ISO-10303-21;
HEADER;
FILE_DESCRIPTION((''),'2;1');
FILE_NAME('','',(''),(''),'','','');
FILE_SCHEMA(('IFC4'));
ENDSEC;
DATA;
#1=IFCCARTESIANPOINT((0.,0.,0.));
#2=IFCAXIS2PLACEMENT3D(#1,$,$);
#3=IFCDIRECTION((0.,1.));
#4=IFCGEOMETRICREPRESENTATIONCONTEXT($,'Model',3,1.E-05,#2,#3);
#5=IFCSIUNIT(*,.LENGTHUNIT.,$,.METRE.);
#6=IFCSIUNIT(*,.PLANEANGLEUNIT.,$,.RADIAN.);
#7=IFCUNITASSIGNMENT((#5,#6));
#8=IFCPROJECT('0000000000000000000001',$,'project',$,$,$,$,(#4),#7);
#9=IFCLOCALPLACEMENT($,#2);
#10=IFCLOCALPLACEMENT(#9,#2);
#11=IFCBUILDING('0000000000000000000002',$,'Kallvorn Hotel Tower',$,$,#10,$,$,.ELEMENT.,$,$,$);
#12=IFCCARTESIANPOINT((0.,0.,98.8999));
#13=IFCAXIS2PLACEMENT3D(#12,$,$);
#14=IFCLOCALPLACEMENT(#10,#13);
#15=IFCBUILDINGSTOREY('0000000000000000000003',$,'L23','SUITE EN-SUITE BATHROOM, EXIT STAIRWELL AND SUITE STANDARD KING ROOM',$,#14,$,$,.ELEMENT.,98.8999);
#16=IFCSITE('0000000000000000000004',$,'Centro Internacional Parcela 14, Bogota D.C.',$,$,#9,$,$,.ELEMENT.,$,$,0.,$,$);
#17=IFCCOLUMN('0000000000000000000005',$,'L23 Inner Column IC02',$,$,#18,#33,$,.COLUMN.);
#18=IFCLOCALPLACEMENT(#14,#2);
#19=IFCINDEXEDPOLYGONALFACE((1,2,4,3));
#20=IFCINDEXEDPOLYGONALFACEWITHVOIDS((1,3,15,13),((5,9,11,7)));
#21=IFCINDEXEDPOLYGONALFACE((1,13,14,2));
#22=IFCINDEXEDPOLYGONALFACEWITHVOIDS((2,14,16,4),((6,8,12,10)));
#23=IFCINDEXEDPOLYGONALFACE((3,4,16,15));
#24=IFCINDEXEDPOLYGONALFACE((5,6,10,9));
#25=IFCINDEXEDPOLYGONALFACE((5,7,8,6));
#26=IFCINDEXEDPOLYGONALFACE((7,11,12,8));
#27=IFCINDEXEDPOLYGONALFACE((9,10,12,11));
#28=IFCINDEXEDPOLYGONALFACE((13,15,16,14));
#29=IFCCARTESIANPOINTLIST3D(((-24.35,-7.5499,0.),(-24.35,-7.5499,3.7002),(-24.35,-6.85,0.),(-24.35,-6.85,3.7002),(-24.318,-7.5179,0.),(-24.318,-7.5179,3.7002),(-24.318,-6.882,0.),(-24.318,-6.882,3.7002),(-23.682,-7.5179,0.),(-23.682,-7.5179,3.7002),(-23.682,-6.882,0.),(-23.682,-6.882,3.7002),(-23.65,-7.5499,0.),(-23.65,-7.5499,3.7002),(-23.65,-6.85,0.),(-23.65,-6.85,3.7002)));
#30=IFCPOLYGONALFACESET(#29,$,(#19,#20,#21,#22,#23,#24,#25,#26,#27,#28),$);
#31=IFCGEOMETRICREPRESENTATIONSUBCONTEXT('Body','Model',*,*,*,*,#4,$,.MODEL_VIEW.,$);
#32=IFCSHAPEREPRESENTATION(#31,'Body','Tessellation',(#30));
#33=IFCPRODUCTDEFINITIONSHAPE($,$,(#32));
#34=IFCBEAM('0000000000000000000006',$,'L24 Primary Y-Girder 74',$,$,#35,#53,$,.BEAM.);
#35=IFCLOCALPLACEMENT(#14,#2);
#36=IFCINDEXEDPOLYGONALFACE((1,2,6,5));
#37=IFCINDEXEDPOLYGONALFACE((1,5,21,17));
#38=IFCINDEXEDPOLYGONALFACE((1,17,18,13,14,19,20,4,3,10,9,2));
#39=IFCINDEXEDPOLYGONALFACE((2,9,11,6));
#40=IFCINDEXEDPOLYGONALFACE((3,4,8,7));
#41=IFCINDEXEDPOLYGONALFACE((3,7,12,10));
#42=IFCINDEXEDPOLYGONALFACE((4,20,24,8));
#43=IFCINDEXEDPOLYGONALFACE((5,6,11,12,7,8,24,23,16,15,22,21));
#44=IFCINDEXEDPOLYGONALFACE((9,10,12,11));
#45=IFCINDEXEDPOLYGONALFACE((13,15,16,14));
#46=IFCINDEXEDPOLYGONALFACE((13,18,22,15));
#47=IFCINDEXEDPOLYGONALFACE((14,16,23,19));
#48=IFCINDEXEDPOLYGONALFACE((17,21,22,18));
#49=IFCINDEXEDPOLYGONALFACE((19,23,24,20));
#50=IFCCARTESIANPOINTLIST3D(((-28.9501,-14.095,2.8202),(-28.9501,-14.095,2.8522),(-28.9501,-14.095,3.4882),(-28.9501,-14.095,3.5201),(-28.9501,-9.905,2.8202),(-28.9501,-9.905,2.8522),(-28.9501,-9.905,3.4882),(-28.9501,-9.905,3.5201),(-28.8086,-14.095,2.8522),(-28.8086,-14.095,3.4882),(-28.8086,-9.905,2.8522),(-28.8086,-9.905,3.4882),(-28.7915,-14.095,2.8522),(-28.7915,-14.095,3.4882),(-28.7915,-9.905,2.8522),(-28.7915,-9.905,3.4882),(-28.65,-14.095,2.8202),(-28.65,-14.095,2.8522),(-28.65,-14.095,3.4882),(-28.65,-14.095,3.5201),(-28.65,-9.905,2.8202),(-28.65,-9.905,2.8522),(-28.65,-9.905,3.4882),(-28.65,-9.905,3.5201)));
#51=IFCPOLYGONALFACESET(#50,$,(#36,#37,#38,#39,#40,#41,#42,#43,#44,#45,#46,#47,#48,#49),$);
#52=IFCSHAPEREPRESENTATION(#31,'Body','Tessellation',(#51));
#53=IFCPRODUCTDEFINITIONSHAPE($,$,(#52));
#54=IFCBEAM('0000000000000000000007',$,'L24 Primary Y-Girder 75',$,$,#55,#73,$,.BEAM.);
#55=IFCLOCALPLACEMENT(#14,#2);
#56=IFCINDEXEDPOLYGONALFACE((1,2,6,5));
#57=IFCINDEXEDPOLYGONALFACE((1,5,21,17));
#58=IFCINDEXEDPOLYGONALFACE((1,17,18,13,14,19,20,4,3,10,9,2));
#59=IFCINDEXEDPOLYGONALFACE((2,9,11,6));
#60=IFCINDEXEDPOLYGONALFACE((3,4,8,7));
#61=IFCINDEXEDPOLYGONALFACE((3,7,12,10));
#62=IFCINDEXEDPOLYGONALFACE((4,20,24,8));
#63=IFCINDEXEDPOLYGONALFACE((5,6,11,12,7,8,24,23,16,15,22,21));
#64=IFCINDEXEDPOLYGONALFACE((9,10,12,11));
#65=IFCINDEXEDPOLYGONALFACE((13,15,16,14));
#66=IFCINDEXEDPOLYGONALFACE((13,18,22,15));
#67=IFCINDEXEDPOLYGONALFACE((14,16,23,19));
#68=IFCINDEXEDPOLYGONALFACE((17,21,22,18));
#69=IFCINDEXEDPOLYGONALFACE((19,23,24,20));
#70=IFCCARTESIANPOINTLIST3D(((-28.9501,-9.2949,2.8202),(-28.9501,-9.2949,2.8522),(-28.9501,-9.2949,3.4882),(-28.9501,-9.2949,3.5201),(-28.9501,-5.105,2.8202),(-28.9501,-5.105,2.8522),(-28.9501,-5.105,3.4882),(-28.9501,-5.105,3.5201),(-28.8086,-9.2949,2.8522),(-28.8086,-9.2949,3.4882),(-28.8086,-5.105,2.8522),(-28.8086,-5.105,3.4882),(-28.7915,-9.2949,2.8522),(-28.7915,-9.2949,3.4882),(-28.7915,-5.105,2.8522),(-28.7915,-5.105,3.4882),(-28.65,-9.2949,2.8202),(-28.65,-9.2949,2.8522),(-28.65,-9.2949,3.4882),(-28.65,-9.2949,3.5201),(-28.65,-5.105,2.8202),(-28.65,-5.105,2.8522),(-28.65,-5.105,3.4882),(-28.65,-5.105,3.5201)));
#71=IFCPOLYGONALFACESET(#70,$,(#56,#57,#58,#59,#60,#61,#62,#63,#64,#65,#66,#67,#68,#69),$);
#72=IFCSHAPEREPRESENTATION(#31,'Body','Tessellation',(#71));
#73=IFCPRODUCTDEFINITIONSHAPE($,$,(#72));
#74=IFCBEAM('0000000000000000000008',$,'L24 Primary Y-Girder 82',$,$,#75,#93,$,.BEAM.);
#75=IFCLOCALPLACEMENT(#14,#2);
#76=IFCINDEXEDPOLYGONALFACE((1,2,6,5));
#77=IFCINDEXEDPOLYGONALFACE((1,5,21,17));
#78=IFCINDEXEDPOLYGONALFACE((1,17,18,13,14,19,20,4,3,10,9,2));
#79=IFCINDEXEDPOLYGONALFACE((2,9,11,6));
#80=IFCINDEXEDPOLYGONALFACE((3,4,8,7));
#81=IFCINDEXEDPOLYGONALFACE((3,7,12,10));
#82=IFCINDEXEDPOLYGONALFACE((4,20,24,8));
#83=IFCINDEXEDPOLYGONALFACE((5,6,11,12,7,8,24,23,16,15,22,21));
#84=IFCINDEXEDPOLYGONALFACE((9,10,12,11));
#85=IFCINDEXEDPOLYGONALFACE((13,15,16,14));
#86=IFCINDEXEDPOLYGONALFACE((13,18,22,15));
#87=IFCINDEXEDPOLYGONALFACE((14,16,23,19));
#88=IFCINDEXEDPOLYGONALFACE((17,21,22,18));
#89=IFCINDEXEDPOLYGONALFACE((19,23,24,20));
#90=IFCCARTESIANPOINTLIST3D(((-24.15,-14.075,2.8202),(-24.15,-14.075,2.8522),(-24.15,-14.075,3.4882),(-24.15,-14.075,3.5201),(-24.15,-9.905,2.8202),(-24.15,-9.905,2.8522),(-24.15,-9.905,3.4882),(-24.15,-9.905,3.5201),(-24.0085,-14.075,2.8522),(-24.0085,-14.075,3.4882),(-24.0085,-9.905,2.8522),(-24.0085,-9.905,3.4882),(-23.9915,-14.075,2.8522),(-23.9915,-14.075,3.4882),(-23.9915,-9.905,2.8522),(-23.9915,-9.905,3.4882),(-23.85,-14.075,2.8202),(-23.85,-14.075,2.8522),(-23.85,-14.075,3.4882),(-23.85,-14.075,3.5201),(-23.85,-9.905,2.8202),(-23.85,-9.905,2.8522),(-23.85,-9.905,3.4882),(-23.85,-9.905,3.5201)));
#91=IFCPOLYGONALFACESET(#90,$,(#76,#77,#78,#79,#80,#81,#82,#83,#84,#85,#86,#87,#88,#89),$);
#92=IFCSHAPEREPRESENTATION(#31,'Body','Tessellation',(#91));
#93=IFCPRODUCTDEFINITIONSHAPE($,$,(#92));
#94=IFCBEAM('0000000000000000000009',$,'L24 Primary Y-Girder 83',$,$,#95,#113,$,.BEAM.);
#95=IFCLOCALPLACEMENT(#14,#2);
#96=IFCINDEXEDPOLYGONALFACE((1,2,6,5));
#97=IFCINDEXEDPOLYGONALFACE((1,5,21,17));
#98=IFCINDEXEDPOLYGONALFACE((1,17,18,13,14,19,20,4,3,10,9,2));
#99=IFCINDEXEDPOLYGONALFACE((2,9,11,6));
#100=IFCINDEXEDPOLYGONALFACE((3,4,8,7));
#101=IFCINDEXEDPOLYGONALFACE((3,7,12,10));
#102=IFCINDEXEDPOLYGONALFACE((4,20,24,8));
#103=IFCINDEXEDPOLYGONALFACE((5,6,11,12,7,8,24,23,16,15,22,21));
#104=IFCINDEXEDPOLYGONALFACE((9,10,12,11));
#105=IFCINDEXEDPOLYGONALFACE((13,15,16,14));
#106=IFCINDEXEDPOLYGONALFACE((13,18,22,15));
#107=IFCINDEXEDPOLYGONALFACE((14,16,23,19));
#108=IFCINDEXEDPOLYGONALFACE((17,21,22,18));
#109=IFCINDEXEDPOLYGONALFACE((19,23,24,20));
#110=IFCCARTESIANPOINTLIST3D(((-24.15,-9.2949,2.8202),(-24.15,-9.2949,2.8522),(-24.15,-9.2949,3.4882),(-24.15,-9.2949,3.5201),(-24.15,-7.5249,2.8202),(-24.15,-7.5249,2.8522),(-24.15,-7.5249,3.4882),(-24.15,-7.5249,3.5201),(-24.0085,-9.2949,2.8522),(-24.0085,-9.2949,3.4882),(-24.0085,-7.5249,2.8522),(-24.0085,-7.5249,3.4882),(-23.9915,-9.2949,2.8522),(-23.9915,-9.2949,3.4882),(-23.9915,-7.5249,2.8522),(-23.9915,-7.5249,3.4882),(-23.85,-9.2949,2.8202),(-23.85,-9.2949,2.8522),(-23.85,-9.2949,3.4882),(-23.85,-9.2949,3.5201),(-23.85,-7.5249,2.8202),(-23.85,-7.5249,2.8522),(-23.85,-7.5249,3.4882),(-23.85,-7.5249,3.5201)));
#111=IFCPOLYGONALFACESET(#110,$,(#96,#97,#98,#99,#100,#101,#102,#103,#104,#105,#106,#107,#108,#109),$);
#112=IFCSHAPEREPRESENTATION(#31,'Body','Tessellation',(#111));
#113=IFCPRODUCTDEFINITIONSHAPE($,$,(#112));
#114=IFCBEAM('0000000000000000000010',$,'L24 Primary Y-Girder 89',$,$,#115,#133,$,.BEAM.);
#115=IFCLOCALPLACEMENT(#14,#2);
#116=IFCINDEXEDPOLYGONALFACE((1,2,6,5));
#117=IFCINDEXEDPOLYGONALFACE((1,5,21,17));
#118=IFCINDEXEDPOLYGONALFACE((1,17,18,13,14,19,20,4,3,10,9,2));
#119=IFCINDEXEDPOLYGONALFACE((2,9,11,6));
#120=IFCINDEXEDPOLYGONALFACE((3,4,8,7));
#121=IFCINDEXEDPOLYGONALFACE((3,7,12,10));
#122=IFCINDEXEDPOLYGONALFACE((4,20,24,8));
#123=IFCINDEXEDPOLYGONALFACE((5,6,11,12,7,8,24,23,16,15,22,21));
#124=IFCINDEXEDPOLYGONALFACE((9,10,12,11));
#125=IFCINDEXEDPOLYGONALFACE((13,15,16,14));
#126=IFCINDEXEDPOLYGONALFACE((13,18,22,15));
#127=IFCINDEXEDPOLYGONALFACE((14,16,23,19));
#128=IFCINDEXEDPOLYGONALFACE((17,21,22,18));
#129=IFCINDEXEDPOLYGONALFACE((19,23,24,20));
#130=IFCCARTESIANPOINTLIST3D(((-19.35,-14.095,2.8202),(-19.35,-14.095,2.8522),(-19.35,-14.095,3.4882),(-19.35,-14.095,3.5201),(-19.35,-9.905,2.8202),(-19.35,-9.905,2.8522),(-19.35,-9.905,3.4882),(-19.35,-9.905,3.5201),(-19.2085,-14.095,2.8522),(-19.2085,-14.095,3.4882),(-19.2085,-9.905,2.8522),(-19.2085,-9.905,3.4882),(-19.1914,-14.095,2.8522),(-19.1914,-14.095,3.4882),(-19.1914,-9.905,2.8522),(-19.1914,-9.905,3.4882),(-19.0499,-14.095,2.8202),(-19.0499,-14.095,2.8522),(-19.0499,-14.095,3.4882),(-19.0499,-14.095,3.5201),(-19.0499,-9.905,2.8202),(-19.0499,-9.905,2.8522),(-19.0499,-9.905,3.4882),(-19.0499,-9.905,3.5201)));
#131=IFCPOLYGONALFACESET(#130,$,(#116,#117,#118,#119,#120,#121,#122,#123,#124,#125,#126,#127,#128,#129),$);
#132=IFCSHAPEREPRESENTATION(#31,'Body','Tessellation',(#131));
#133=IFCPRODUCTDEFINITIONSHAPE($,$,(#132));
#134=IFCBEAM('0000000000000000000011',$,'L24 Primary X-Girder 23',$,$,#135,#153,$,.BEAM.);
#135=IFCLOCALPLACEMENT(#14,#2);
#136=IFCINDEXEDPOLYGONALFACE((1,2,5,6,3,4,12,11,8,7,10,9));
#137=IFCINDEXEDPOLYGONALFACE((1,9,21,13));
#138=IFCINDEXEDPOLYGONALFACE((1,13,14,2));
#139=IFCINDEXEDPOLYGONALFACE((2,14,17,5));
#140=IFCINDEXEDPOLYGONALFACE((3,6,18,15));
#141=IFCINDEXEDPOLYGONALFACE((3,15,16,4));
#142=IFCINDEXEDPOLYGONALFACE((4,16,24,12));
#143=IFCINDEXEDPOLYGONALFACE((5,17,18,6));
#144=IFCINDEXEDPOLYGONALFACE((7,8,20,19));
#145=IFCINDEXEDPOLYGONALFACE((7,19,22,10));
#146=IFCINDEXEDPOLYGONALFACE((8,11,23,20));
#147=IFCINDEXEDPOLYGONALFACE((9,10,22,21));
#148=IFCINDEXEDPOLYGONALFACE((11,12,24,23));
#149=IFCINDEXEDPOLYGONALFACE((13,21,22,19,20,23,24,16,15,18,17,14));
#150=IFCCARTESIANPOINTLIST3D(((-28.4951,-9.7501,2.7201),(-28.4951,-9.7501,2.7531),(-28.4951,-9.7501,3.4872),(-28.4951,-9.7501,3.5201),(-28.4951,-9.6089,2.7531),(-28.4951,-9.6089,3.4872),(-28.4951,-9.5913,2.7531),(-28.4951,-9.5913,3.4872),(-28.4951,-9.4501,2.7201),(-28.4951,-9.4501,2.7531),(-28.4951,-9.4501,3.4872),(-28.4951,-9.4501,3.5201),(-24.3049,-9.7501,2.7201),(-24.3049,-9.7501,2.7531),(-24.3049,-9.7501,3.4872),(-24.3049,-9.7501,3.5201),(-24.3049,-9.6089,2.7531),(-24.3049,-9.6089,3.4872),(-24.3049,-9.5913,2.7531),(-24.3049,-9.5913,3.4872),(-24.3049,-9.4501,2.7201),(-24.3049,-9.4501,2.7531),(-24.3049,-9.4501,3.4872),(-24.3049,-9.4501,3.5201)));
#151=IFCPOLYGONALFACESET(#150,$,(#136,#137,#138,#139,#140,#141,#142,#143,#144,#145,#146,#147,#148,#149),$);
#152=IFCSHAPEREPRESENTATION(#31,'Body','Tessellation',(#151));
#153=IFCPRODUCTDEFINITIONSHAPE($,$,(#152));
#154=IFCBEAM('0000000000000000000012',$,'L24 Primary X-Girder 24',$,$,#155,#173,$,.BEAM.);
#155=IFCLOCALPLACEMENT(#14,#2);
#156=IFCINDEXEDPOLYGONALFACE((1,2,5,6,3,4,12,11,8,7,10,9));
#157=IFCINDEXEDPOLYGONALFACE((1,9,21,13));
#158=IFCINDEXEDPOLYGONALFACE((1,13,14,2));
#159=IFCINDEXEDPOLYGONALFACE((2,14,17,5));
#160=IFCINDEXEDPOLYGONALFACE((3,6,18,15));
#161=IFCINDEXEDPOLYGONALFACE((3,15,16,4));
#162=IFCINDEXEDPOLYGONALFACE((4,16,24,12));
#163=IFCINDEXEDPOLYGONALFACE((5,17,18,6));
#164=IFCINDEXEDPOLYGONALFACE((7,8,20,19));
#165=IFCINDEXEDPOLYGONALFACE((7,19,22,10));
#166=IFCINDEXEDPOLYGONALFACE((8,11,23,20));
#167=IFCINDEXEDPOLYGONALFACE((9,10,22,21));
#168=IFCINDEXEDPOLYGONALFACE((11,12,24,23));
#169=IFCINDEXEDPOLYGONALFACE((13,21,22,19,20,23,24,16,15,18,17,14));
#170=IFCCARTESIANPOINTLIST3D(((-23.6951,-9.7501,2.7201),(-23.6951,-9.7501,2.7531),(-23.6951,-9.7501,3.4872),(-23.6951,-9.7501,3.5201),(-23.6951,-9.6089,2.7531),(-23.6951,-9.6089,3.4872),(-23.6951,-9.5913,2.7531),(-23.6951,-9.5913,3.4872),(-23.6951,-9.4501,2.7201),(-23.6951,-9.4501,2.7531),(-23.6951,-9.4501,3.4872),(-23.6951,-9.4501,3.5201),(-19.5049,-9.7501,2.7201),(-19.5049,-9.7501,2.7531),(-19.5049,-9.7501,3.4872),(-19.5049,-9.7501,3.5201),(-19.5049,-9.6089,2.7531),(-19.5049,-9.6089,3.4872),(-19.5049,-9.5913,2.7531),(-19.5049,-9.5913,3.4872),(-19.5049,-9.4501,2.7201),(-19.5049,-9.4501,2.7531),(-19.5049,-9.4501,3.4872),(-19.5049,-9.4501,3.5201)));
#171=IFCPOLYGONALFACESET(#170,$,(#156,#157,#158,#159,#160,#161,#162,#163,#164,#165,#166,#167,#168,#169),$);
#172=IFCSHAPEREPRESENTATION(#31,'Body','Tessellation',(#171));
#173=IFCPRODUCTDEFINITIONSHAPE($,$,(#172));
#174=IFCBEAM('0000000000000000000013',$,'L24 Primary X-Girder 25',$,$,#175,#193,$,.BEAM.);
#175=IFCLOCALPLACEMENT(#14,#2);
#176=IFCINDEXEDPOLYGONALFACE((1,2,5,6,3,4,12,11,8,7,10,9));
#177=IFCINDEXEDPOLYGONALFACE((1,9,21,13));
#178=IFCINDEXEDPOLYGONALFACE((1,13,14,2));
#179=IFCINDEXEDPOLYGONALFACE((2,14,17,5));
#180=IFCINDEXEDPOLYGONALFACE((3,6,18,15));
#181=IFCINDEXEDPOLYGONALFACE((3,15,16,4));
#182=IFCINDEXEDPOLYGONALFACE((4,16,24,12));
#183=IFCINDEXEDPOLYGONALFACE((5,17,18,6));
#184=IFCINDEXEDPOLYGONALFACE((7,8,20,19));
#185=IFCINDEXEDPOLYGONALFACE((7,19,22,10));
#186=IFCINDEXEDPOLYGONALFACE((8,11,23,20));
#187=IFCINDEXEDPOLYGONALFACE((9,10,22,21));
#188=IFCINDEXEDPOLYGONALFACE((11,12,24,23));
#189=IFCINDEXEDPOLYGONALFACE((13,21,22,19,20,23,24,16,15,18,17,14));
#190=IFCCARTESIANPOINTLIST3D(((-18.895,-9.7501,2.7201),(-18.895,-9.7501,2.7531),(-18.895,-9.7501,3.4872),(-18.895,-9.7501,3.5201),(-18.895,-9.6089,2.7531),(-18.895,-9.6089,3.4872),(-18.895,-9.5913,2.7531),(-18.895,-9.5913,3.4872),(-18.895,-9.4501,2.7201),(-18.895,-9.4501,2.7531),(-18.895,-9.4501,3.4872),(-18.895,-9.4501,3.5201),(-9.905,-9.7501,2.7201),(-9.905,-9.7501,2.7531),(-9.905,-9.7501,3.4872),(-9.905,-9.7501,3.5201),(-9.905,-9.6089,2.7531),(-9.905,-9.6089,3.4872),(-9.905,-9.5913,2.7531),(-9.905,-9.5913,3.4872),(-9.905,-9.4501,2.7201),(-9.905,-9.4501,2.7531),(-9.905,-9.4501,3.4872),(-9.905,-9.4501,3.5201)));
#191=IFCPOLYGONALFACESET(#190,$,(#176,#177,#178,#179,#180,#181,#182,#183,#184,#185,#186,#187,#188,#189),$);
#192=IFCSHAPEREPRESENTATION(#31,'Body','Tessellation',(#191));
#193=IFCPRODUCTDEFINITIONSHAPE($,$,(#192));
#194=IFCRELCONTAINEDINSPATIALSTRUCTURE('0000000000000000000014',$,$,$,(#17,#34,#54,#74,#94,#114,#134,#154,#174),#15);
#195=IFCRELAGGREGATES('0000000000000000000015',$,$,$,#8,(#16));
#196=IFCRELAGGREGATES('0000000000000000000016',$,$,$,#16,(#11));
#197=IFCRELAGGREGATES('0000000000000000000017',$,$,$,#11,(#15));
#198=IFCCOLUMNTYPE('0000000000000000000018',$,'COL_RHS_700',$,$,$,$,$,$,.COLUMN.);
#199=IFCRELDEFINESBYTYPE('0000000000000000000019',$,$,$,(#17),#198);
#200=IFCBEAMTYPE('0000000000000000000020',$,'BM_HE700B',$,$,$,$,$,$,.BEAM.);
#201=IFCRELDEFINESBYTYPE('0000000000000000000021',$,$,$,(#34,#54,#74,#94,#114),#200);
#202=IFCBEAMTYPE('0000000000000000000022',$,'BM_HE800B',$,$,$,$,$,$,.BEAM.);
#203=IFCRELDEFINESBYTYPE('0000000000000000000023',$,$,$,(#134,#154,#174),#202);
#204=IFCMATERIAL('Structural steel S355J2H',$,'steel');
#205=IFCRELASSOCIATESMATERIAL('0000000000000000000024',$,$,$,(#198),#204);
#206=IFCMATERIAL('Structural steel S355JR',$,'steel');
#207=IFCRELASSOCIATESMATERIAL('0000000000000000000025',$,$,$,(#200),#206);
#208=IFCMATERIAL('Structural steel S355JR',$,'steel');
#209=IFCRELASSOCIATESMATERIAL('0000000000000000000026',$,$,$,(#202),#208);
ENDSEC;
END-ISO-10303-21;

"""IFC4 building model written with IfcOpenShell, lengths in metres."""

from ifc_helpers import new_model, si_unit, direction, frame, origin, origin_2d, place, context, subcontext, project, spatial, hollow_rectangle, i_section, extrude, material, material_profile, profile_set, type_object, element, save


model = new_model("IFC4")

# Units and contexts
model_context = context("Model", 3, precision=1e-05, world=origin(), true_north=direction((0.0, 1.0)))
body_context = subcontext(model_context, "Body", "Model", "MODEL_VIEW")
ifc_project = project(units=[si_unit("LENGTHUNIT", "METRE"), si_unit("PLANEANGLEUNIT", "RADIAN")], contexts=[model_context])

# Site, building, storey
site_placement = place(None, origin())
site = spatial("IfcSite", under=ifc_project, at=site_placement, Name="Centro Internacional Parcela 14, Bogota D.C.", CompositionType="ELEMENT", RefElevation=0.0)
building_placement = place(site_placement, origin())
building = spatial("IfcBuilding", under=site, at=building_placement, Name="Kallvorn Hotel Tower", CompositionType="ELEMENT")
storey_placement = place(building_placement, frame((0.0, 0.0, 98.8999)))
storey = spatial("IfcBuildingStorey", under=building, at=storey_placement, Name="L23", Description="SUITE EN-SUITE BATHROOM, EXIT STAIRWELL AND SUITE STANDARD KING ROOM", CompositionType="ELEMENT", Elevation=98.8999)

# Column
ifc_material_1 = material(Name="Structural steel S355J2H", Category="steel")
ifc_material_profile_1 = material_profile(ifc_material_1, hollow_rectangle(XDim=0.7, YDim=0.7, WallThickness=0.032, at=origin_2d()), Name="RHS 700x700x32")
ifc_profile_set_1 = profile_set([ifc_material_profile_1], Name="Structural steel S355J2H")
column_type_1 = type_object("IfcColumnType", Name="COL_RHS_700", PredefinedType="COLUMN", material=ifc_profile_set_1)
column_placement = place(storey_placement, frame((-24.0, -7.2, 0.0), z_axis=(0.0, 0.0, 1.0), x_axis=(1.0, 0.0, 0.0)))
element("IfcColumn", 1, at=column_placement, inside=storey, type_object=column_type_1, Name="L23 Inner Column IC02", PredefinedType="COLUMN", context=body_context, shape_type="SweptSolid", body=[
    extrude(hollow_rectangle(XDim=0.7, YDim=0.7, WallThickness=0.032, at=origin_2d()), origin(), (0.0, 0.0, 1.0), 3.7002),
])

# Beams
ifc_material_2 = material(Name="Structural steel S355JR", Category="steel")
ifc_material_profile_2 = material_profile(ifc_material_2, i_section(OverallWidth=0.3, OverallDepth=0.7, WebThickness=0.0171, FlangeThickness=0.032, at=origin_2d()), Name="HE 700 B")
ifc_profile_set_2 = profile_set([ifc_material_profile_2], Name="Structural steel S355JR")
beam_type_1 = type_object("IfcBeamType", Name="BM_HE700B", PredefinedType="BEAM", material=ifc_profile_set_2)
for number, where, z_axis, x_axis, name in (
    (2, (-28.8, -14.095, 3.1702), (0.0, 1.0, 0.0), (-1.0, 0.0, 0.0), "L24 Primary Y-Girder 74"),
    (3, (-28.8, -9.2949, 3.1702), (0.0, 1.0, 0.0), (-1.0, 0.0, 0.0), "L24 Primary Y-Girder 75"),
):
    element("IfcBeam", number, at=place(storey_placement, frame(where, z_axis=z_axis, x_axis=x_axis)), inside=storey, type_object=beam_type_1, Name=name, PredefinedType="BEAM", context=body_context, shape_type="SweptSolid", body=[
        extrude(i_section(OverallWidth=0.3, OverallDepth=0.7, WebThickness=0.0171, FlangeThickness=0.032, at=origin_2d()), origin(), (0.0, 0.0, 1.0), 4.1899),
    ])
beam_1_placement = place(storey_placement, frame((-24.0, -14.075, 3.1702), z_axis=(0.0, 1.0, 0.0), x_axis=(-1.0, 0.0, 0.0)))
element("IfcBeam", 4, at=beam_1_placement, inside=storey, type_object=beam_type_1, Name="L24 Primary Y-Girder 82", PredefinedType="BEAM", context=body_context, shape_type="SweptSolid", body=[
    extrude(i_section(OverallWidth=0.3, OverallDepth=0.7, WebThickness=0.0171, FlangeThickness=0.032, at=origin_2d()), origin(), (0.0, 0.0, 1.0), 4.1699),
])
beam_2_placement = place(storey_placement, frame((-24.0, -9.2949, 3.1702), z_axis=(0.0, 1.0, 0.0), x_axis=(-1.0, 0.0, 0.0)))
element("IfcBeam", 5, at=beam_2_placement, inside=storey, type_object=beam_type_1, Name="L24 Primary Y-Girder 83", PredefinedType="BEAM", context=body_context, shape_type="SweptSolid", body=[
    extrude(i_section(OverallWidth=0.3, OverallDepth=0.7, WebThickness=0.0171, FlangeThickness=0.032, at=origin_2d()), origin(), (0.0, 0.0, 1.0), 1.77),
])
beam_3_placement = place(storey_placement, frame((-19.2, -14.095, 3.1702), z_axis=(0.0, 1.0, 0.0), x_axis=(-1.0, 0.0, 0.0)))
element("IfcBeam", 6, at=beam_3_placement, inside=storey, type_object=beam_type_1, Name="L24 Primary Y-Girder 89", PredefinedType="BEAM", context=body_context, shape_type="SweptSolid", body=[
    extrude(i_section(OverallWidth=0.3, OverallDepth=0.7, WebThickness=0.0171, FlangeThickness=0.032, at=origin_2d()), origin(), (0.0, 0.0, 1.0), 4.1899),
])
ifc_material_3 = material(Name="Structural steel S355JR", Category="steel")
ifc_material_profile_3 = material_profile(ifc_material_3, i_section(OverallWidth=0.3, OverallDepth=0.8, WebThickness=0.0176, FlangeThickness=0.033, at=origin_2d()), Name="HE 800 B")
ifc_profile_set_3 = profile_set([ifc_material_profile_3], Name="Structural steel S355JR")
beam_type_2 = type_object("IfcBeamType", Name="BM_HE800B", PredefinedType="BEAM", material=ifc_profile_set_3)
for number, where, z_axis, x_axis, name in (
    (7, (-28.4951, -9.6001, 3.1201), (1.0, 0.0, 0.0), (0.0, 1.0, 0.0), "L24 Primary X-Girder 23"),
    (8, (-23.6951, -9.6001, 3.1201), (1.0, 0.0, 0.0), (0.0, 1.0, 0.0), "L24 Primary X-Girder 24"),
):
    element("IfcBeam", number, at=place(storey_placement, frame(where, z_axis=z_axis, x_axis=x_axis)), inside=storey, type_object=beam_type_2, Name=name, PredefinedType="BEAM", context=body_context, shape_type="SweptSolid", body=[
        extrude(i_section(OverallWidth=0.3, OverallDepth=0.8, WebThickness=0.0176, FlangeThickness=0.033, at=origin_2d()), origin(), (0.0, 0.0, 1.0), 4.1902),
    ])
beam_4_placement = place(storey_placement, frame((-18.895, -9.6001, 3.1201), z_axis=(1.0, 0.0, 0.0), x_axis=(0.0, 1.0, 0.0)))
element("IfcBeam", 9, at=beam_4_placement, inside=storey, type_object=beam_type_2, Name="L24 Primary X-Girder 25", PredefinedType="BEAM", context=body_context, shape_type="SweptSolid", body=[
    extrude(i_section(OverallWidth=0.3, OverallDepth=0.8, WebThickness=0.0176, FlangeThickness=0.033, at=origin_2d()), origin(), (0.0, 0.0, 1.0), 8.99),
])

save(model, "model.ifc")
